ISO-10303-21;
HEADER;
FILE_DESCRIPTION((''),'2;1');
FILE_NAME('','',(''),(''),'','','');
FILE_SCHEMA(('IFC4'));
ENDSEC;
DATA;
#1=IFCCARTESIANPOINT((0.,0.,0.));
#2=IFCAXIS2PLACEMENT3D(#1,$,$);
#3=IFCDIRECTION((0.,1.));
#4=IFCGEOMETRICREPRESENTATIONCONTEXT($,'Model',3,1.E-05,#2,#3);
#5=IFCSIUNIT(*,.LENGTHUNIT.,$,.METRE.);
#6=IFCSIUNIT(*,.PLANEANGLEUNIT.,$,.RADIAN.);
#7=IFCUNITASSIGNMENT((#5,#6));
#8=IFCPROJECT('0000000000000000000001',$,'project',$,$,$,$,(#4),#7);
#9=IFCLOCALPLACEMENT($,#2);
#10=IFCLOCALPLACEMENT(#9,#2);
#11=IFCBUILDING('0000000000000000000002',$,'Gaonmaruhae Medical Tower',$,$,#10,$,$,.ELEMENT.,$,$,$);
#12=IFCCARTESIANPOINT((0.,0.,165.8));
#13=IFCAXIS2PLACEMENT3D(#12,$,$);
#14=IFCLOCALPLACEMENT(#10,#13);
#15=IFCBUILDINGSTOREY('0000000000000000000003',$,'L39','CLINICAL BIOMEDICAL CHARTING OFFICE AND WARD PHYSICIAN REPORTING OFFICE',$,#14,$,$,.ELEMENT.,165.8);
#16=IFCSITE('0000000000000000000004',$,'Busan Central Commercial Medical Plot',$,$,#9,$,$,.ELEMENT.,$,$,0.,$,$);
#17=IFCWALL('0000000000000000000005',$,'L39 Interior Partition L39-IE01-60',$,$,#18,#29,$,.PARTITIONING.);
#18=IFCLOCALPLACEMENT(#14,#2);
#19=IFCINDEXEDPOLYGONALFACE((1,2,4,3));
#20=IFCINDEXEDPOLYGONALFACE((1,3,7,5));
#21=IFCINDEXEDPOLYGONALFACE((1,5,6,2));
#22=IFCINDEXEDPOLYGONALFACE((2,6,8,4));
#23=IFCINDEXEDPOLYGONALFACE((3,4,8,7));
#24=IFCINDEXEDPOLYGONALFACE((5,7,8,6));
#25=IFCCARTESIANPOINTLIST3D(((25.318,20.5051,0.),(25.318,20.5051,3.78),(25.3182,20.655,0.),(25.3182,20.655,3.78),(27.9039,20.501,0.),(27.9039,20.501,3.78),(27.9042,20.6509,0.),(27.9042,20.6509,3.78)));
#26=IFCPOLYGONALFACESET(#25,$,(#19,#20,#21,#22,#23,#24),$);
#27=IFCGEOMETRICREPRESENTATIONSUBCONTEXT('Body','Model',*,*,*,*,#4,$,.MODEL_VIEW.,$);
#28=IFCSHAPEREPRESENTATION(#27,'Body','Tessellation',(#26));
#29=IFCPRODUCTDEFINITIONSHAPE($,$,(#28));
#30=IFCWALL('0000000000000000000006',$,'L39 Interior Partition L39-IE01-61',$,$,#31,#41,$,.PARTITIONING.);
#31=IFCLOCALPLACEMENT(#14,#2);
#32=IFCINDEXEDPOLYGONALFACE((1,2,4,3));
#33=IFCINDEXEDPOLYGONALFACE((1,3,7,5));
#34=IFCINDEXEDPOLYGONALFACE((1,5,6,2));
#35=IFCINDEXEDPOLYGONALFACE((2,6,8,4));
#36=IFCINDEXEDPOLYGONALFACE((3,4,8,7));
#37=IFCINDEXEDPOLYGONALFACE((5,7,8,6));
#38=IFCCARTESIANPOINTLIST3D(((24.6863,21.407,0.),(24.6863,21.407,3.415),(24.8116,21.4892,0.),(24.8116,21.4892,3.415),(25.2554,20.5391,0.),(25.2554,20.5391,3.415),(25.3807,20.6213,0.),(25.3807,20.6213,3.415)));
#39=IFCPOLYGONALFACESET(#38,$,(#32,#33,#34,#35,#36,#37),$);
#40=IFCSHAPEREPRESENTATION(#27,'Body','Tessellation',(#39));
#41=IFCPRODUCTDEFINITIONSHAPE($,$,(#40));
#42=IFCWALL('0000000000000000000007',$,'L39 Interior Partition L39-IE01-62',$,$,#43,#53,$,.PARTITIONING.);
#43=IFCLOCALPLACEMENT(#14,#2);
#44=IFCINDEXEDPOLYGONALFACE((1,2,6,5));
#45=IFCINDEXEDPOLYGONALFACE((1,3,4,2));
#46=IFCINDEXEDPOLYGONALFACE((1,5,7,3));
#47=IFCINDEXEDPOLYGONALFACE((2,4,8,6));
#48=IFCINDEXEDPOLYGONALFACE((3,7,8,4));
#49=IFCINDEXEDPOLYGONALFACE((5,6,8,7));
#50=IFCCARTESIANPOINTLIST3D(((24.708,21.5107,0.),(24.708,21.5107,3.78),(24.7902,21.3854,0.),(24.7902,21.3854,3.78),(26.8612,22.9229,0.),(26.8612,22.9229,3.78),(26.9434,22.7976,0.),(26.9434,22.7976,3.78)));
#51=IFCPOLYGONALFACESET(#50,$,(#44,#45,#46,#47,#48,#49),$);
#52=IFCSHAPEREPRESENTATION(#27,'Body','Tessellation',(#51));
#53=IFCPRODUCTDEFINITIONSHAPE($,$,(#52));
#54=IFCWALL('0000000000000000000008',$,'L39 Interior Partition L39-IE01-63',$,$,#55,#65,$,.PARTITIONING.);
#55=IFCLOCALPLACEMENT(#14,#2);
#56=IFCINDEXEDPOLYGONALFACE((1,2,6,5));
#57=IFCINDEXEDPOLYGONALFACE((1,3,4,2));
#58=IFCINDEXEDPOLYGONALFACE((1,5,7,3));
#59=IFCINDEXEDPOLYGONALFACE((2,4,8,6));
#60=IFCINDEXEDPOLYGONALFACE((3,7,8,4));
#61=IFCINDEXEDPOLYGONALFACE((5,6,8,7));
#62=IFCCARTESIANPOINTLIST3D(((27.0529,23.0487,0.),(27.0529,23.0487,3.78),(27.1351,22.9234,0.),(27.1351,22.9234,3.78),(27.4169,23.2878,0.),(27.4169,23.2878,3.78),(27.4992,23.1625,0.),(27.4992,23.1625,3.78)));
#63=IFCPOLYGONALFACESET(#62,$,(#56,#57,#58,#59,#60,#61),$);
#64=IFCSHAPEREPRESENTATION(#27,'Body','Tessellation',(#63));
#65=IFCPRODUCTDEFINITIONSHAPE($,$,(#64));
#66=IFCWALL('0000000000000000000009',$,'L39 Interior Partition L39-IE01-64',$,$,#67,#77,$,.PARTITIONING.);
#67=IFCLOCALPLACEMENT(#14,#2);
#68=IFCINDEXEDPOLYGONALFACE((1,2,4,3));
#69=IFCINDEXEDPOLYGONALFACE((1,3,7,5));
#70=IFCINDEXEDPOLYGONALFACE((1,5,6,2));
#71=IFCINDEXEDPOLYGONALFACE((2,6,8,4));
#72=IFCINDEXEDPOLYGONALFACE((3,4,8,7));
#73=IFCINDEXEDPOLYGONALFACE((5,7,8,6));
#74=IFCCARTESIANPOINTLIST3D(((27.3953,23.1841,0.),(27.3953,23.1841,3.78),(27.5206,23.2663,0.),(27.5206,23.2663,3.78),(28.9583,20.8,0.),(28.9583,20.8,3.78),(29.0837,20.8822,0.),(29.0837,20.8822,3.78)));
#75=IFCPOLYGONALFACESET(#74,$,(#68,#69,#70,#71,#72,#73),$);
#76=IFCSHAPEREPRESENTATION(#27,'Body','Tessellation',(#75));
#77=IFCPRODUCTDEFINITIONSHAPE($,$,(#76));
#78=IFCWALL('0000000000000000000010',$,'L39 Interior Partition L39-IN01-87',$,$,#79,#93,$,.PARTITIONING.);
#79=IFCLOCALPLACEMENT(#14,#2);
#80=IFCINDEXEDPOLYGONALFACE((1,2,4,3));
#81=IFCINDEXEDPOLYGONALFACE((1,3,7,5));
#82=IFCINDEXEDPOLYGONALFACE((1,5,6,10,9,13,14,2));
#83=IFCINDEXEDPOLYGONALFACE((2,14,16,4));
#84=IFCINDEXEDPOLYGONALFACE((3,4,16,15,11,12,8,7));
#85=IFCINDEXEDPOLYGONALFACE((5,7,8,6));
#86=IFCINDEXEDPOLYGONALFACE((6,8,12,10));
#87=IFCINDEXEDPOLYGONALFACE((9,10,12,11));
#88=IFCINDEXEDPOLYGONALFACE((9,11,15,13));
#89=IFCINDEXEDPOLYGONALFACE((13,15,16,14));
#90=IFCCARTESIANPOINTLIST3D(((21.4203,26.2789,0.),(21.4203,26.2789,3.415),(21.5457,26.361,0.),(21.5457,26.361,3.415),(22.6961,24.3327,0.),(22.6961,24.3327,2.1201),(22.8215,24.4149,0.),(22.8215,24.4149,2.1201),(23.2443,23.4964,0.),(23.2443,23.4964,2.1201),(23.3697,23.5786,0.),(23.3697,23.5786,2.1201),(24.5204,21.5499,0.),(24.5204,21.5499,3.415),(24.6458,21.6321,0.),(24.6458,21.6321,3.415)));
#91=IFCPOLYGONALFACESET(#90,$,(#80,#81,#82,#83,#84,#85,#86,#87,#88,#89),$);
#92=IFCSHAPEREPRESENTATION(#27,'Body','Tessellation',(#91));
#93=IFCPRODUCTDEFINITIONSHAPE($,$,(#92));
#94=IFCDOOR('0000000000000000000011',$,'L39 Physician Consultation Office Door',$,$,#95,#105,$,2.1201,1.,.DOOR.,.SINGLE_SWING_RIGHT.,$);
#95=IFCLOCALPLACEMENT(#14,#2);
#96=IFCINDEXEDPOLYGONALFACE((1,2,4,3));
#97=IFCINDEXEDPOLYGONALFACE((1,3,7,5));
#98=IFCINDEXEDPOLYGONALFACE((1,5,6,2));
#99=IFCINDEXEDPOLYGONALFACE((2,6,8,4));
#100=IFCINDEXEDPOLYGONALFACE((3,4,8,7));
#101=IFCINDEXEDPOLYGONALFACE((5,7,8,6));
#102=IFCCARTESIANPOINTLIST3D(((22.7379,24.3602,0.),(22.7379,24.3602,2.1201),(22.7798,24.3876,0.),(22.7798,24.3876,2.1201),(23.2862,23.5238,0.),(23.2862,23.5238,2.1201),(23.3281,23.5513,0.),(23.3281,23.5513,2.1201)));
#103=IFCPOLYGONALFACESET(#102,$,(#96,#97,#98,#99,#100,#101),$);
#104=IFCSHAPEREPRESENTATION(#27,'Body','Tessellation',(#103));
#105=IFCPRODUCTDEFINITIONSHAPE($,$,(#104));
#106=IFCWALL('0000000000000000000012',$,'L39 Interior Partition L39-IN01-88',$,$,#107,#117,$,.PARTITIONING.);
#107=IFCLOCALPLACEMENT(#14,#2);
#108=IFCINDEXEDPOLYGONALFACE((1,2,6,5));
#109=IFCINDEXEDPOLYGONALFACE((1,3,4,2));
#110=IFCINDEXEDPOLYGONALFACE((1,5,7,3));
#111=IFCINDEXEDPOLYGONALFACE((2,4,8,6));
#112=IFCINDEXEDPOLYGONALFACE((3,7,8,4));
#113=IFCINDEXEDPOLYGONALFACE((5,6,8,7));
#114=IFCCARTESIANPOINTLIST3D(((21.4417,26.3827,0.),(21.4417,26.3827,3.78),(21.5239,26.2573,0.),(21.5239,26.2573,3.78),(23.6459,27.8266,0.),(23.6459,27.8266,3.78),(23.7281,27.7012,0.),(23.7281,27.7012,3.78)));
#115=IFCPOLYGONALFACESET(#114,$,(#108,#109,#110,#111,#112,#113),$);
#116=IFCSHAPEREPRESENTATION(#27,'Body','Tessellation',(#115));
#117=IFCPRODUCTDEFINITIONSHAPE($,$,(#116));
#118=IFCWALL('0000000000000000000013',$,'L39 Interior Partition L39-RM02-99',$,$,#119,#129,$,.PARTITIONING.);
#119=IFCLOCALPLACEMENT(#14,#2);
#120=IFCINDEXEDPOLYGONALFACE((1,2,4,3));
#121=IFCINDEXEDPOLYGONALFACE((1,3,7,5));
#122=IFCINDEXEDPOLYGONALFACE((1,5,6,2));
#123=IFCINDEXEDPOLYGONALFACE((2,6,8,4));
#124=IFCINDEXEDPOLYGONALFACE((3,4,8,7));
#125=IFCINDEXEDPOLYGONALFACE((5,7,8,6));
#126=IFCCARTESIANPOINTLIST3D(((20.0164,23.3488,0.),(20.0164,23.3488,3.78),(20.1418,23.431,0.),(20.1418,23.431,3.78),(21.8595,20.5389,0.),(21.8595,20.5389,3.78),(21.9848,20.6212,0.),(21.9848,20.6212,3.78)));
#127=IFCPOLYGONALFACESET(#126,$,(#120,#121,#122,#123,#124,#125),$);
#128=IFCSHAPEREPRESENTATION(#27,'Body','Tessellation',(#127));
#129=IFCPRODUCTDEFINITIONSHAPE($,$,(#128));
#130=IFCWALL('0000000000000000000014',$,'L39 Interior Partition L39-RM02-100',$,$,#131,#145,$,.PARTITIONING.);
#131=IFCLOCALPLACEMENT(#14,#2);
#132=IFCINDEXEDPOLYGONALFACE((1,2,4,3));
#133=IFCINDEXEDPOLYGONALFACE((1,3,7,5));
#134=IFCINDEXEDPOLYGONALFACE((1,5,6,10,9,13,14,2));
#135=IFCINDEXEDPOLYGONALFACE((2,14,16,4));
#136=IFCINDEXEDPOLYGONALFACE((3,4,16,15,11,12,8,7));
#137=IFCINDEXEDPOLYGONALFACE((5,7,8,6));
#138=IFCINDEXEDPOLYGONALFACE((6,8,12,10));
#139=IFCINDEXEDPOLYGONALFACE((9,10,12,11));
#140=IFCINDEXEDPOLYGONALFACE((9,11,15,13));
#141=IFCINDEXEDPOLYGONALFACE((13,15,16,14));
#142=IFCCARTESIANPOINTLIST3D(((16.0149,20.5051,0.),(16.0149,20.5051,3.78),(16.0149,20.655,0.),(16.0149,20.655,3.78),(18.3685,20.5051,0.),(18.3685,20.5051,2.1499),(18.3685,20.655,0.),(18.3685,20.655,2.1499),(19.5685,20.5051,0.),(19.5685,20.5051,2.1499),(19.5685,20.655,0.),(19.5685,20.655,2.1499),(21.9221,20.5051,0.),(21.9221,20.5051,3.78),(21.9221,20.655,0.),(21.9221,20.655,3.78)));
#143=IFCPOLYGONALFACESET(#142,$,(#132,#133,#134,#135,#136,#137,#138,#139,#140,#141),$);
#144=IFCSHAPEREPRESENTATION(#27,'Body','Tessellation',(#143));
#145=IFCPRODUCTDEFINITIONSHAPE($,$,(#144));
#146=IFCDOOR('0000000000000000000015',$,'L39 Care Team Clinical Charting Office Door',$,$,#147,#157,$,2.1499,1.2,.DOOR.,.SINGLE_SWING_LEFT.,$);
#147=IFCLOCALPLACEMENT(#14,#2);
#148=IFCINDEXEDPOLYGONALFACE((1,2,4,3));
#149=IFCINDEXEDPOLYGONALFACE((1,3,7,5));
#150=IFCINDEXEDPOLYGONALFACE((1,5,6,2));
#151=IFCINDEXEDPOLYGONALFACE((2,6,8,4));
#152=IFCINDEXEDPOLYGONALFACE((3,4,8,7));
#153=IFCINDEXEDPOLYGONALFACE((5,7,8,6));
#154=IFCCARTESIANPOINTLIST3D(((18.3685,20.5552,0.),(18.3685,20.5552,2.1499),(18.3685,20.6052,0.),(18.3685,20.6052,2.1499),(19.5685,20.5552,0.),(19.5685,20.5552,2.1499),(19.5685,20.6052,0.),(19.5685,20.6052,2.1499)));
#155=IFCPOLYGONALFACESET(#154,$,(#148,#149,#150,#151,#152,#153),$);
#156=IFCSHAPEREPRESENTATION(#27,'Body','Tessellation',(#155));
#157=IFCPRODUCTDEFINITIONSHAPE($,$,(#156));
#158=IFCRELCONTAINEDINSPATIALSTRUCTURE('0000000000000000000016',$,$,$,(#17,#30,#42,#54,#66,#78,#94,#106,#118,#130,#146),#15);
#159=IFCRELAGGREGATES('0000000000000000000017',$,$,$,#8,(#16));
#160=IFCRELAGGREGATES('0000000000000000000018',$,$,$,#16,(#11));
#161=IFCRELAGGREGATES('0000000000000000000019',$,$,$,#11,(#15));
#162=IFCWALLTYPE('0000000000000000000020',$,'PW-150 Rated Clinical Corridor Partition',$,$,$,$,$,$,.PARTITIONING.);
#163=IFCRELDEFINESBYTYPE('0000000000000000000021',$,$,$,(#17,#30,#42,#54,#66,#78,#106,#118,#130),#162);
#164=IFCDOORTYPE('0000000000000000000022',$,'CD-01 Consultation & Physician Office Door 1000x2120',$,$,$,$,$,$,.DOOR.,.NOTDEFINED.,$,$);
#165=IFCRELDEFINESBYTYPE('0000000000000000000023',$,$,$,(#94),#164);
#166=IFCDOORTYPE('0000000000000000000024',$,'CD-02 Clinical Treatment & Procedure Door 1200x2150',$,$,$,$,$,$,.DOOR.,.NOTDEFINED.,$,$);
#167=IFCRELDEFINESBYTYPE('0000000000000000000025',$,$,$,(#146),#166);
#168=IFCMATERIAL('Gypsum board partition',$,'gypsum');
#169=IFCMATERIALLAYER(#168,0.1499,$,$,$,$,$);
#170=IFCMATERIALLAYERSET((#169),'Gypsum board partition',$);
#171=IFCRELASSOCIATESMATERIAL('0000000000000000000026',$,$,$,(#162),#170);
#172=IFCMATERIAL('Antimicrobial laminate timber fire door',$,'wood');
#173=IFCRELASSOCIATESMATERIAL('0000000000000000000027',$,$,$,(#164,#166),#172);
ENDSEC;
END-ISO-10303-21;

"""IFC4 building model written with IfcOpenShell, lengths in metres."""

from ifc_helpers import new_model, si_unit, direction, frame, frame_2d, origin, place, context, subcontext, project, spatial, rectangle, extrude, material, layer, layer_set, type_object, element, fill, save


model = new_model("IFC4")

# Units and contexts
model_context = context("Model", 3, precision=1e-05, world=origin(), true_north=direction((0.0, 1.0)))
body_context = subcontext(model_context, "Body", "Model", "MODEL_VIEW")
ifc_project = project(units=[si_unit("LENGTHUNIT", "METRE"), si_unit("PLANEANGLEUNIT", "RADIAN")], contexts=[model_context])

# Site, building, storey
site_placement = place(None, origin())
site = spatial("IfcSite", under=ifc_project, at=site_placement, Name="Busan Central Commercial Medical Plot", CompositionType="ELEMENT", RefElevation=0.0)
building_placement = place(site_placement, origin())
building = spatial("IfcBuilding", under=site, at=building_placement, Name="Gaonmaruhae Medical Tower", CompositionType="ELEMENT")
storey_placement = place(building_placement, frame((0.0, 0.0, 165.8)))
storey = spatial("IfcBuildingStorey", under=building, at=storey_placement, Name="L39", Description="CLINICAL BIOMEDICAL CHARTING OFFICE AND WARD PHYSICIAN REPORTING OFFICE", CompositionType="ELEMENT", Elevation=165.8)

# Walls
ifc_material_1 = material(Name="Gypsum board partition", Category="gypsum")
ifc_layer_1 = layer(ifc_material_1, 0.1499)
ifc_layer_set_1 = layer_set([ifc_layer_1], Name="Gypsum board partition")
wall_type = type_object("IfcWallType", Name="PW-150 Rated Clinical Corridor Partition", PredefinedType="PARTITIONING", material=ifc_layer_set_1)
wall_1_placement = place(storey_placement, frame((27.9041, 20.5759, 0.0), z_axis=(0.0, 0.0, 1.0), x_axis=(-0.999999, 0.001605, 0.0)))
element("IfcWall", 1, at=wall_1_placement, inside=storey, type_object=wall_type, Name="L39 Interior Partition L39-IE01-60", PredefinedType="PARTITIONING", context=body_context, shape_type="SweptSolid", body=[
    extrude(rectangle(XDim=2.5859, YDim=0.1499, at=frame_2d((1.293, 0.0))), origin(), (0.0, 0.0, 1.0), 3.78),
])
wall_2_placement = place(storey_placement, frame((25.3181, 20.5801, 0.0), z_axis=(0.0, 0.0, 1.0), x_axis=(-0.548333, 0.83626, 0.0)))
element("IfcWall", 2, at=wall_2_placement, inside=storey, type_object=wall_type, Name="L39 Interior Partition L39-IE01-61", PredefinedType="PARTITIONING", context=body_context, shape_type="SweptSolid", body=[
    extrude(rectangle(XDim=1.0378, YDim=0.1499, at=frame_2d((0.519, 0.0))), origin(), (0.0, 0.0, 1.0), 3.415),
])
wall_3_placement = place(storey_placement, frame((24.749, 21.448, 0.0), z_axis=(0.0, 0.0, 1.0), x_axis=(0.836199, 0.548427, 0.0)))
element("IfcWall", 3, at=wall_3_placement, inside=storey, type_object=wall_type, Name="L39 Interior Partition L39-IE01-62", PredefinedType="PARTITIONING", context=body_context, shape_type="SweptSolid", body=[
    extrude(rectangle(XDim=2.575, YDim=0.1499, at=frame_2d((1.2876, 0.0))), origin(), (0.0, 0.0, 1.0), 3.78),
])
wall_4_placement = place(storey_placement, frame((27.094, 22.9861, 0.0), z_axis=(0.0, 0.0, 1.0), x_axis=(0.835911, 0.548865, 0.0)))
element("IfcWall", 4, at=wall_4_placement, inside=storey, type_object=wall_type, Name="L39 Interior Partition L39-IE01-63", PredefinedType="PARTITIONING", context=body_context, shape_type="SweptSolid", body=[
    extrude(rectangle(XDim=0.4355, YDim=0.1499, at=frame_2d((0.2178, 0.0))), origin(), (0.0, 0.0, 1.0), 3.78),
])
wall_5_placement = place(storey_placement, frame((27.458, 23.2251, 0.0), z_axis=(0.0, 0.0, 1.0), x_axis=(0.54828, -0.836295, 0.0)))
element("IfcWall", 5, at=wall_5_placement, inside=storey, type_object=wall_type, Name="L39 Interior Partition L39-IE01-64", PredefinedType="PARTITIONING", context=body_context, shape_type="SweptSolid", body=[
    extrude(rectangle(XDim=2.8508, YDim=0.1499, at=frame_2d((1.4253, 0.0))), origin(), (0.0, 0.0, 1.0), 3.78),
])

# Wall, opening, door
wall_6_placement = place(storey_placement, frame((24.583, 21.5911, 0.0), z_axis=(0.0, 0.0, 1.0), x_axis=(-0.548247, 0.836316, 0.0)))
wall_6 = element("IfcWall", 6, at=wall_6_placement, inside=storey, type_object=wall_type, Name="L39 Interior Partition L39-IN01-87", PredefinedType="PARTITIONING", context=body_context, shape_type="SweptSolid", body=[
    extrude(rectangle(XDim=5.6545, YDim=0.1499, at=frame_2d((2.8271, 0.0))), origin(), (0.0, 0.0, 1.0), 3.415),
])
opening_1_placement = place(wall_6_placement, frame((2.3274, 0.0, 0.0)))
opening_1 = element("IfcOpeningElement", 7, at=opening_1_placement, cuts=wall_6, PredefinedType="OPENING", context=body_context, shape_type="SweptSolid", body=[
    extrude(rectangle(XDim=1.0, YDim=2.1201, at=frame_2d((0.5, 1.0601))), frame((0.0, 0.085, 0.0), z_axis=(0.0, -1.0, 0.0), x_axis=(1.0, 0.0, 0.0)), (0.0, 0.0, 1.0), 0.1699),
])
ifc_material_2 = material(Name="Antimicrobial laminate timber fire door", Category="wood")
door_type_1 = type_object("IfcDoorType", Name="CD-01 Consultation & Physician Office Door 1000x2120", OperationType="NOTDEFINED", PredefinedType="DOOR", material=ifc_material_2)
door_1_placement = place(opening_1_placement, origin())
door_1 = element("IfcDoor", 8, at=door_1_placement, inside=storey, type_object=door_type_1, Name="L39 Physician Consultation Office Door", OperationType="SINGLE_SWING_RIGHT", OverallHeight=2.1201, OverallWidth=1.0, PredefinedType="DOOR", context=body_context, shape_type="SweptSolid", body=[
    extrude(rectangle(XDim=1.0, YDim=2.1201, at=frame_2d((0.5, 1.0601))), frame((0.0, 0.0249, 0.0), z_axis=(0.0, -1.0, 0.0), x_axis=(1.0, 0.0, 0.0)), (0.0, 0.0, 1.0), 0.05),
])
fill(opening_1, door_1)

# Walls
wall_7_placement = place(storey_placement, frame((21.4829, 26.3201, 0.0), z_axis=(0.0, 0.0, 1.0), x_axis=(0.836499, 0.547968, 0.0)))
element("IfcWall", 9, at=wall_7_placement, inside=storey, type_object=wall_type, Name="L39 Interior Partition L39-IN01-88", PredefinedType="PARTITIONING", context=body_context, shape_type="SweptSolid", body=[
    extrude(rectangle(XDim=2.635, YDim=0.1499, at=frame_2d((1.3174, 0.0))), origin(), (0.0, 0.0, 1.0), 3.78),
])
wall_8_placement = place(storey_placement, frame((20.0791, 23.3899, 0.0), z_axis=(0.0, 0.0, 1.0), x_axis=(0.548464, -0.836174, 0.0)))
element("IfcWall", 10, at=wall_8_placement, inside=storey, type_object=wall_type, Name="L39 Interior Partition L39-RM02-99", PredefinedType="PARTITIONING", context=body_context, shape_type="SweptSolid", body=[
    extrude(rectangle(XDim=3.3604, YDim=0.1499, at=frame_2d((1.6802, 0.0))), origin(), (0.0, 0.0, 1.0), 3.78),
])

# Wall, opening, door
wall_9_placement = place(storey_placement, frame((21.9221, 20.5801, 0.0), z_axis=(0.0, 0.0, 1.0), x_axis=(-1.0, 0.0, 0.0)))
wall_9 = element("IfcWall", 11, at=wall_9_placement, inside=storey, type_object=wall_type, Name="L39 Interior Partition L39-RM02-100", PredefinedType="PARTITIONING", context=body_context, shape_type="SweptSolid", body=[
    extrude(rectangle(XDim=5.9072, YDim=0.1499, at=frame_2d((2.9536, 0.0))), origin(), (0.0, 0.0, 1.0), 3.78),
])
opening_2_placement = place(wall_9_placement, frame((2.3535, 0.0, 0.0)))
opening_2 = element("IfcOpeningElement", 12, at=opening_2_placement, cuts=wall_9, PredefinedType="OPENING", context=body_context, shape_type="SweptSolid", body=[
    extrude(rectangle(XDim=1.2, YDim=2.1499, at=frame_2d((0.6001, 1.075))), frame((0.0, 0.085, 0.0), z_axis=(0.0, -1.0, 0.0), x_axis=(1.0, 0.0, 0.0)), (0.0, 0.0, 1.0), 0.1699),
])
door_type_2 = type_object("IfcDoorType", Name="CD-02 Clinical Treatment & Procedure Door 1200x2150", OperationType="NOTDEFINED", PredefinedType="DOOR", material=ifc_material_2)
door_2_placement = place(opening_2_placement, origin())
door_2 = element("IfcDoor", 13, at=door_2_placement, inside=storey, type_object=door_type_2, Name="L39 Care Team Clinical Charting Office Door", OperationType="SINGLE_SWING_LEFT", OverallHeight=2.1499, OverallWidth=1.2, PredefinedType="DOOR", context=body_context, shape_type="SweptSolid", body=[
    extrude(rectangle(XDim=1.2, YDim=2.1499, at=frame_2d((0.6001, 1.075))), frame((0.0, 0.0249, 0.0), z_axis=(0.0, -1.0, 0.0), x_axis=(1.0, 0.0, 0.0)), (0.0, 0.0, 1.0), 0.05),
])
fill(opening_2, door_2)

save(model, "model.ifc")
